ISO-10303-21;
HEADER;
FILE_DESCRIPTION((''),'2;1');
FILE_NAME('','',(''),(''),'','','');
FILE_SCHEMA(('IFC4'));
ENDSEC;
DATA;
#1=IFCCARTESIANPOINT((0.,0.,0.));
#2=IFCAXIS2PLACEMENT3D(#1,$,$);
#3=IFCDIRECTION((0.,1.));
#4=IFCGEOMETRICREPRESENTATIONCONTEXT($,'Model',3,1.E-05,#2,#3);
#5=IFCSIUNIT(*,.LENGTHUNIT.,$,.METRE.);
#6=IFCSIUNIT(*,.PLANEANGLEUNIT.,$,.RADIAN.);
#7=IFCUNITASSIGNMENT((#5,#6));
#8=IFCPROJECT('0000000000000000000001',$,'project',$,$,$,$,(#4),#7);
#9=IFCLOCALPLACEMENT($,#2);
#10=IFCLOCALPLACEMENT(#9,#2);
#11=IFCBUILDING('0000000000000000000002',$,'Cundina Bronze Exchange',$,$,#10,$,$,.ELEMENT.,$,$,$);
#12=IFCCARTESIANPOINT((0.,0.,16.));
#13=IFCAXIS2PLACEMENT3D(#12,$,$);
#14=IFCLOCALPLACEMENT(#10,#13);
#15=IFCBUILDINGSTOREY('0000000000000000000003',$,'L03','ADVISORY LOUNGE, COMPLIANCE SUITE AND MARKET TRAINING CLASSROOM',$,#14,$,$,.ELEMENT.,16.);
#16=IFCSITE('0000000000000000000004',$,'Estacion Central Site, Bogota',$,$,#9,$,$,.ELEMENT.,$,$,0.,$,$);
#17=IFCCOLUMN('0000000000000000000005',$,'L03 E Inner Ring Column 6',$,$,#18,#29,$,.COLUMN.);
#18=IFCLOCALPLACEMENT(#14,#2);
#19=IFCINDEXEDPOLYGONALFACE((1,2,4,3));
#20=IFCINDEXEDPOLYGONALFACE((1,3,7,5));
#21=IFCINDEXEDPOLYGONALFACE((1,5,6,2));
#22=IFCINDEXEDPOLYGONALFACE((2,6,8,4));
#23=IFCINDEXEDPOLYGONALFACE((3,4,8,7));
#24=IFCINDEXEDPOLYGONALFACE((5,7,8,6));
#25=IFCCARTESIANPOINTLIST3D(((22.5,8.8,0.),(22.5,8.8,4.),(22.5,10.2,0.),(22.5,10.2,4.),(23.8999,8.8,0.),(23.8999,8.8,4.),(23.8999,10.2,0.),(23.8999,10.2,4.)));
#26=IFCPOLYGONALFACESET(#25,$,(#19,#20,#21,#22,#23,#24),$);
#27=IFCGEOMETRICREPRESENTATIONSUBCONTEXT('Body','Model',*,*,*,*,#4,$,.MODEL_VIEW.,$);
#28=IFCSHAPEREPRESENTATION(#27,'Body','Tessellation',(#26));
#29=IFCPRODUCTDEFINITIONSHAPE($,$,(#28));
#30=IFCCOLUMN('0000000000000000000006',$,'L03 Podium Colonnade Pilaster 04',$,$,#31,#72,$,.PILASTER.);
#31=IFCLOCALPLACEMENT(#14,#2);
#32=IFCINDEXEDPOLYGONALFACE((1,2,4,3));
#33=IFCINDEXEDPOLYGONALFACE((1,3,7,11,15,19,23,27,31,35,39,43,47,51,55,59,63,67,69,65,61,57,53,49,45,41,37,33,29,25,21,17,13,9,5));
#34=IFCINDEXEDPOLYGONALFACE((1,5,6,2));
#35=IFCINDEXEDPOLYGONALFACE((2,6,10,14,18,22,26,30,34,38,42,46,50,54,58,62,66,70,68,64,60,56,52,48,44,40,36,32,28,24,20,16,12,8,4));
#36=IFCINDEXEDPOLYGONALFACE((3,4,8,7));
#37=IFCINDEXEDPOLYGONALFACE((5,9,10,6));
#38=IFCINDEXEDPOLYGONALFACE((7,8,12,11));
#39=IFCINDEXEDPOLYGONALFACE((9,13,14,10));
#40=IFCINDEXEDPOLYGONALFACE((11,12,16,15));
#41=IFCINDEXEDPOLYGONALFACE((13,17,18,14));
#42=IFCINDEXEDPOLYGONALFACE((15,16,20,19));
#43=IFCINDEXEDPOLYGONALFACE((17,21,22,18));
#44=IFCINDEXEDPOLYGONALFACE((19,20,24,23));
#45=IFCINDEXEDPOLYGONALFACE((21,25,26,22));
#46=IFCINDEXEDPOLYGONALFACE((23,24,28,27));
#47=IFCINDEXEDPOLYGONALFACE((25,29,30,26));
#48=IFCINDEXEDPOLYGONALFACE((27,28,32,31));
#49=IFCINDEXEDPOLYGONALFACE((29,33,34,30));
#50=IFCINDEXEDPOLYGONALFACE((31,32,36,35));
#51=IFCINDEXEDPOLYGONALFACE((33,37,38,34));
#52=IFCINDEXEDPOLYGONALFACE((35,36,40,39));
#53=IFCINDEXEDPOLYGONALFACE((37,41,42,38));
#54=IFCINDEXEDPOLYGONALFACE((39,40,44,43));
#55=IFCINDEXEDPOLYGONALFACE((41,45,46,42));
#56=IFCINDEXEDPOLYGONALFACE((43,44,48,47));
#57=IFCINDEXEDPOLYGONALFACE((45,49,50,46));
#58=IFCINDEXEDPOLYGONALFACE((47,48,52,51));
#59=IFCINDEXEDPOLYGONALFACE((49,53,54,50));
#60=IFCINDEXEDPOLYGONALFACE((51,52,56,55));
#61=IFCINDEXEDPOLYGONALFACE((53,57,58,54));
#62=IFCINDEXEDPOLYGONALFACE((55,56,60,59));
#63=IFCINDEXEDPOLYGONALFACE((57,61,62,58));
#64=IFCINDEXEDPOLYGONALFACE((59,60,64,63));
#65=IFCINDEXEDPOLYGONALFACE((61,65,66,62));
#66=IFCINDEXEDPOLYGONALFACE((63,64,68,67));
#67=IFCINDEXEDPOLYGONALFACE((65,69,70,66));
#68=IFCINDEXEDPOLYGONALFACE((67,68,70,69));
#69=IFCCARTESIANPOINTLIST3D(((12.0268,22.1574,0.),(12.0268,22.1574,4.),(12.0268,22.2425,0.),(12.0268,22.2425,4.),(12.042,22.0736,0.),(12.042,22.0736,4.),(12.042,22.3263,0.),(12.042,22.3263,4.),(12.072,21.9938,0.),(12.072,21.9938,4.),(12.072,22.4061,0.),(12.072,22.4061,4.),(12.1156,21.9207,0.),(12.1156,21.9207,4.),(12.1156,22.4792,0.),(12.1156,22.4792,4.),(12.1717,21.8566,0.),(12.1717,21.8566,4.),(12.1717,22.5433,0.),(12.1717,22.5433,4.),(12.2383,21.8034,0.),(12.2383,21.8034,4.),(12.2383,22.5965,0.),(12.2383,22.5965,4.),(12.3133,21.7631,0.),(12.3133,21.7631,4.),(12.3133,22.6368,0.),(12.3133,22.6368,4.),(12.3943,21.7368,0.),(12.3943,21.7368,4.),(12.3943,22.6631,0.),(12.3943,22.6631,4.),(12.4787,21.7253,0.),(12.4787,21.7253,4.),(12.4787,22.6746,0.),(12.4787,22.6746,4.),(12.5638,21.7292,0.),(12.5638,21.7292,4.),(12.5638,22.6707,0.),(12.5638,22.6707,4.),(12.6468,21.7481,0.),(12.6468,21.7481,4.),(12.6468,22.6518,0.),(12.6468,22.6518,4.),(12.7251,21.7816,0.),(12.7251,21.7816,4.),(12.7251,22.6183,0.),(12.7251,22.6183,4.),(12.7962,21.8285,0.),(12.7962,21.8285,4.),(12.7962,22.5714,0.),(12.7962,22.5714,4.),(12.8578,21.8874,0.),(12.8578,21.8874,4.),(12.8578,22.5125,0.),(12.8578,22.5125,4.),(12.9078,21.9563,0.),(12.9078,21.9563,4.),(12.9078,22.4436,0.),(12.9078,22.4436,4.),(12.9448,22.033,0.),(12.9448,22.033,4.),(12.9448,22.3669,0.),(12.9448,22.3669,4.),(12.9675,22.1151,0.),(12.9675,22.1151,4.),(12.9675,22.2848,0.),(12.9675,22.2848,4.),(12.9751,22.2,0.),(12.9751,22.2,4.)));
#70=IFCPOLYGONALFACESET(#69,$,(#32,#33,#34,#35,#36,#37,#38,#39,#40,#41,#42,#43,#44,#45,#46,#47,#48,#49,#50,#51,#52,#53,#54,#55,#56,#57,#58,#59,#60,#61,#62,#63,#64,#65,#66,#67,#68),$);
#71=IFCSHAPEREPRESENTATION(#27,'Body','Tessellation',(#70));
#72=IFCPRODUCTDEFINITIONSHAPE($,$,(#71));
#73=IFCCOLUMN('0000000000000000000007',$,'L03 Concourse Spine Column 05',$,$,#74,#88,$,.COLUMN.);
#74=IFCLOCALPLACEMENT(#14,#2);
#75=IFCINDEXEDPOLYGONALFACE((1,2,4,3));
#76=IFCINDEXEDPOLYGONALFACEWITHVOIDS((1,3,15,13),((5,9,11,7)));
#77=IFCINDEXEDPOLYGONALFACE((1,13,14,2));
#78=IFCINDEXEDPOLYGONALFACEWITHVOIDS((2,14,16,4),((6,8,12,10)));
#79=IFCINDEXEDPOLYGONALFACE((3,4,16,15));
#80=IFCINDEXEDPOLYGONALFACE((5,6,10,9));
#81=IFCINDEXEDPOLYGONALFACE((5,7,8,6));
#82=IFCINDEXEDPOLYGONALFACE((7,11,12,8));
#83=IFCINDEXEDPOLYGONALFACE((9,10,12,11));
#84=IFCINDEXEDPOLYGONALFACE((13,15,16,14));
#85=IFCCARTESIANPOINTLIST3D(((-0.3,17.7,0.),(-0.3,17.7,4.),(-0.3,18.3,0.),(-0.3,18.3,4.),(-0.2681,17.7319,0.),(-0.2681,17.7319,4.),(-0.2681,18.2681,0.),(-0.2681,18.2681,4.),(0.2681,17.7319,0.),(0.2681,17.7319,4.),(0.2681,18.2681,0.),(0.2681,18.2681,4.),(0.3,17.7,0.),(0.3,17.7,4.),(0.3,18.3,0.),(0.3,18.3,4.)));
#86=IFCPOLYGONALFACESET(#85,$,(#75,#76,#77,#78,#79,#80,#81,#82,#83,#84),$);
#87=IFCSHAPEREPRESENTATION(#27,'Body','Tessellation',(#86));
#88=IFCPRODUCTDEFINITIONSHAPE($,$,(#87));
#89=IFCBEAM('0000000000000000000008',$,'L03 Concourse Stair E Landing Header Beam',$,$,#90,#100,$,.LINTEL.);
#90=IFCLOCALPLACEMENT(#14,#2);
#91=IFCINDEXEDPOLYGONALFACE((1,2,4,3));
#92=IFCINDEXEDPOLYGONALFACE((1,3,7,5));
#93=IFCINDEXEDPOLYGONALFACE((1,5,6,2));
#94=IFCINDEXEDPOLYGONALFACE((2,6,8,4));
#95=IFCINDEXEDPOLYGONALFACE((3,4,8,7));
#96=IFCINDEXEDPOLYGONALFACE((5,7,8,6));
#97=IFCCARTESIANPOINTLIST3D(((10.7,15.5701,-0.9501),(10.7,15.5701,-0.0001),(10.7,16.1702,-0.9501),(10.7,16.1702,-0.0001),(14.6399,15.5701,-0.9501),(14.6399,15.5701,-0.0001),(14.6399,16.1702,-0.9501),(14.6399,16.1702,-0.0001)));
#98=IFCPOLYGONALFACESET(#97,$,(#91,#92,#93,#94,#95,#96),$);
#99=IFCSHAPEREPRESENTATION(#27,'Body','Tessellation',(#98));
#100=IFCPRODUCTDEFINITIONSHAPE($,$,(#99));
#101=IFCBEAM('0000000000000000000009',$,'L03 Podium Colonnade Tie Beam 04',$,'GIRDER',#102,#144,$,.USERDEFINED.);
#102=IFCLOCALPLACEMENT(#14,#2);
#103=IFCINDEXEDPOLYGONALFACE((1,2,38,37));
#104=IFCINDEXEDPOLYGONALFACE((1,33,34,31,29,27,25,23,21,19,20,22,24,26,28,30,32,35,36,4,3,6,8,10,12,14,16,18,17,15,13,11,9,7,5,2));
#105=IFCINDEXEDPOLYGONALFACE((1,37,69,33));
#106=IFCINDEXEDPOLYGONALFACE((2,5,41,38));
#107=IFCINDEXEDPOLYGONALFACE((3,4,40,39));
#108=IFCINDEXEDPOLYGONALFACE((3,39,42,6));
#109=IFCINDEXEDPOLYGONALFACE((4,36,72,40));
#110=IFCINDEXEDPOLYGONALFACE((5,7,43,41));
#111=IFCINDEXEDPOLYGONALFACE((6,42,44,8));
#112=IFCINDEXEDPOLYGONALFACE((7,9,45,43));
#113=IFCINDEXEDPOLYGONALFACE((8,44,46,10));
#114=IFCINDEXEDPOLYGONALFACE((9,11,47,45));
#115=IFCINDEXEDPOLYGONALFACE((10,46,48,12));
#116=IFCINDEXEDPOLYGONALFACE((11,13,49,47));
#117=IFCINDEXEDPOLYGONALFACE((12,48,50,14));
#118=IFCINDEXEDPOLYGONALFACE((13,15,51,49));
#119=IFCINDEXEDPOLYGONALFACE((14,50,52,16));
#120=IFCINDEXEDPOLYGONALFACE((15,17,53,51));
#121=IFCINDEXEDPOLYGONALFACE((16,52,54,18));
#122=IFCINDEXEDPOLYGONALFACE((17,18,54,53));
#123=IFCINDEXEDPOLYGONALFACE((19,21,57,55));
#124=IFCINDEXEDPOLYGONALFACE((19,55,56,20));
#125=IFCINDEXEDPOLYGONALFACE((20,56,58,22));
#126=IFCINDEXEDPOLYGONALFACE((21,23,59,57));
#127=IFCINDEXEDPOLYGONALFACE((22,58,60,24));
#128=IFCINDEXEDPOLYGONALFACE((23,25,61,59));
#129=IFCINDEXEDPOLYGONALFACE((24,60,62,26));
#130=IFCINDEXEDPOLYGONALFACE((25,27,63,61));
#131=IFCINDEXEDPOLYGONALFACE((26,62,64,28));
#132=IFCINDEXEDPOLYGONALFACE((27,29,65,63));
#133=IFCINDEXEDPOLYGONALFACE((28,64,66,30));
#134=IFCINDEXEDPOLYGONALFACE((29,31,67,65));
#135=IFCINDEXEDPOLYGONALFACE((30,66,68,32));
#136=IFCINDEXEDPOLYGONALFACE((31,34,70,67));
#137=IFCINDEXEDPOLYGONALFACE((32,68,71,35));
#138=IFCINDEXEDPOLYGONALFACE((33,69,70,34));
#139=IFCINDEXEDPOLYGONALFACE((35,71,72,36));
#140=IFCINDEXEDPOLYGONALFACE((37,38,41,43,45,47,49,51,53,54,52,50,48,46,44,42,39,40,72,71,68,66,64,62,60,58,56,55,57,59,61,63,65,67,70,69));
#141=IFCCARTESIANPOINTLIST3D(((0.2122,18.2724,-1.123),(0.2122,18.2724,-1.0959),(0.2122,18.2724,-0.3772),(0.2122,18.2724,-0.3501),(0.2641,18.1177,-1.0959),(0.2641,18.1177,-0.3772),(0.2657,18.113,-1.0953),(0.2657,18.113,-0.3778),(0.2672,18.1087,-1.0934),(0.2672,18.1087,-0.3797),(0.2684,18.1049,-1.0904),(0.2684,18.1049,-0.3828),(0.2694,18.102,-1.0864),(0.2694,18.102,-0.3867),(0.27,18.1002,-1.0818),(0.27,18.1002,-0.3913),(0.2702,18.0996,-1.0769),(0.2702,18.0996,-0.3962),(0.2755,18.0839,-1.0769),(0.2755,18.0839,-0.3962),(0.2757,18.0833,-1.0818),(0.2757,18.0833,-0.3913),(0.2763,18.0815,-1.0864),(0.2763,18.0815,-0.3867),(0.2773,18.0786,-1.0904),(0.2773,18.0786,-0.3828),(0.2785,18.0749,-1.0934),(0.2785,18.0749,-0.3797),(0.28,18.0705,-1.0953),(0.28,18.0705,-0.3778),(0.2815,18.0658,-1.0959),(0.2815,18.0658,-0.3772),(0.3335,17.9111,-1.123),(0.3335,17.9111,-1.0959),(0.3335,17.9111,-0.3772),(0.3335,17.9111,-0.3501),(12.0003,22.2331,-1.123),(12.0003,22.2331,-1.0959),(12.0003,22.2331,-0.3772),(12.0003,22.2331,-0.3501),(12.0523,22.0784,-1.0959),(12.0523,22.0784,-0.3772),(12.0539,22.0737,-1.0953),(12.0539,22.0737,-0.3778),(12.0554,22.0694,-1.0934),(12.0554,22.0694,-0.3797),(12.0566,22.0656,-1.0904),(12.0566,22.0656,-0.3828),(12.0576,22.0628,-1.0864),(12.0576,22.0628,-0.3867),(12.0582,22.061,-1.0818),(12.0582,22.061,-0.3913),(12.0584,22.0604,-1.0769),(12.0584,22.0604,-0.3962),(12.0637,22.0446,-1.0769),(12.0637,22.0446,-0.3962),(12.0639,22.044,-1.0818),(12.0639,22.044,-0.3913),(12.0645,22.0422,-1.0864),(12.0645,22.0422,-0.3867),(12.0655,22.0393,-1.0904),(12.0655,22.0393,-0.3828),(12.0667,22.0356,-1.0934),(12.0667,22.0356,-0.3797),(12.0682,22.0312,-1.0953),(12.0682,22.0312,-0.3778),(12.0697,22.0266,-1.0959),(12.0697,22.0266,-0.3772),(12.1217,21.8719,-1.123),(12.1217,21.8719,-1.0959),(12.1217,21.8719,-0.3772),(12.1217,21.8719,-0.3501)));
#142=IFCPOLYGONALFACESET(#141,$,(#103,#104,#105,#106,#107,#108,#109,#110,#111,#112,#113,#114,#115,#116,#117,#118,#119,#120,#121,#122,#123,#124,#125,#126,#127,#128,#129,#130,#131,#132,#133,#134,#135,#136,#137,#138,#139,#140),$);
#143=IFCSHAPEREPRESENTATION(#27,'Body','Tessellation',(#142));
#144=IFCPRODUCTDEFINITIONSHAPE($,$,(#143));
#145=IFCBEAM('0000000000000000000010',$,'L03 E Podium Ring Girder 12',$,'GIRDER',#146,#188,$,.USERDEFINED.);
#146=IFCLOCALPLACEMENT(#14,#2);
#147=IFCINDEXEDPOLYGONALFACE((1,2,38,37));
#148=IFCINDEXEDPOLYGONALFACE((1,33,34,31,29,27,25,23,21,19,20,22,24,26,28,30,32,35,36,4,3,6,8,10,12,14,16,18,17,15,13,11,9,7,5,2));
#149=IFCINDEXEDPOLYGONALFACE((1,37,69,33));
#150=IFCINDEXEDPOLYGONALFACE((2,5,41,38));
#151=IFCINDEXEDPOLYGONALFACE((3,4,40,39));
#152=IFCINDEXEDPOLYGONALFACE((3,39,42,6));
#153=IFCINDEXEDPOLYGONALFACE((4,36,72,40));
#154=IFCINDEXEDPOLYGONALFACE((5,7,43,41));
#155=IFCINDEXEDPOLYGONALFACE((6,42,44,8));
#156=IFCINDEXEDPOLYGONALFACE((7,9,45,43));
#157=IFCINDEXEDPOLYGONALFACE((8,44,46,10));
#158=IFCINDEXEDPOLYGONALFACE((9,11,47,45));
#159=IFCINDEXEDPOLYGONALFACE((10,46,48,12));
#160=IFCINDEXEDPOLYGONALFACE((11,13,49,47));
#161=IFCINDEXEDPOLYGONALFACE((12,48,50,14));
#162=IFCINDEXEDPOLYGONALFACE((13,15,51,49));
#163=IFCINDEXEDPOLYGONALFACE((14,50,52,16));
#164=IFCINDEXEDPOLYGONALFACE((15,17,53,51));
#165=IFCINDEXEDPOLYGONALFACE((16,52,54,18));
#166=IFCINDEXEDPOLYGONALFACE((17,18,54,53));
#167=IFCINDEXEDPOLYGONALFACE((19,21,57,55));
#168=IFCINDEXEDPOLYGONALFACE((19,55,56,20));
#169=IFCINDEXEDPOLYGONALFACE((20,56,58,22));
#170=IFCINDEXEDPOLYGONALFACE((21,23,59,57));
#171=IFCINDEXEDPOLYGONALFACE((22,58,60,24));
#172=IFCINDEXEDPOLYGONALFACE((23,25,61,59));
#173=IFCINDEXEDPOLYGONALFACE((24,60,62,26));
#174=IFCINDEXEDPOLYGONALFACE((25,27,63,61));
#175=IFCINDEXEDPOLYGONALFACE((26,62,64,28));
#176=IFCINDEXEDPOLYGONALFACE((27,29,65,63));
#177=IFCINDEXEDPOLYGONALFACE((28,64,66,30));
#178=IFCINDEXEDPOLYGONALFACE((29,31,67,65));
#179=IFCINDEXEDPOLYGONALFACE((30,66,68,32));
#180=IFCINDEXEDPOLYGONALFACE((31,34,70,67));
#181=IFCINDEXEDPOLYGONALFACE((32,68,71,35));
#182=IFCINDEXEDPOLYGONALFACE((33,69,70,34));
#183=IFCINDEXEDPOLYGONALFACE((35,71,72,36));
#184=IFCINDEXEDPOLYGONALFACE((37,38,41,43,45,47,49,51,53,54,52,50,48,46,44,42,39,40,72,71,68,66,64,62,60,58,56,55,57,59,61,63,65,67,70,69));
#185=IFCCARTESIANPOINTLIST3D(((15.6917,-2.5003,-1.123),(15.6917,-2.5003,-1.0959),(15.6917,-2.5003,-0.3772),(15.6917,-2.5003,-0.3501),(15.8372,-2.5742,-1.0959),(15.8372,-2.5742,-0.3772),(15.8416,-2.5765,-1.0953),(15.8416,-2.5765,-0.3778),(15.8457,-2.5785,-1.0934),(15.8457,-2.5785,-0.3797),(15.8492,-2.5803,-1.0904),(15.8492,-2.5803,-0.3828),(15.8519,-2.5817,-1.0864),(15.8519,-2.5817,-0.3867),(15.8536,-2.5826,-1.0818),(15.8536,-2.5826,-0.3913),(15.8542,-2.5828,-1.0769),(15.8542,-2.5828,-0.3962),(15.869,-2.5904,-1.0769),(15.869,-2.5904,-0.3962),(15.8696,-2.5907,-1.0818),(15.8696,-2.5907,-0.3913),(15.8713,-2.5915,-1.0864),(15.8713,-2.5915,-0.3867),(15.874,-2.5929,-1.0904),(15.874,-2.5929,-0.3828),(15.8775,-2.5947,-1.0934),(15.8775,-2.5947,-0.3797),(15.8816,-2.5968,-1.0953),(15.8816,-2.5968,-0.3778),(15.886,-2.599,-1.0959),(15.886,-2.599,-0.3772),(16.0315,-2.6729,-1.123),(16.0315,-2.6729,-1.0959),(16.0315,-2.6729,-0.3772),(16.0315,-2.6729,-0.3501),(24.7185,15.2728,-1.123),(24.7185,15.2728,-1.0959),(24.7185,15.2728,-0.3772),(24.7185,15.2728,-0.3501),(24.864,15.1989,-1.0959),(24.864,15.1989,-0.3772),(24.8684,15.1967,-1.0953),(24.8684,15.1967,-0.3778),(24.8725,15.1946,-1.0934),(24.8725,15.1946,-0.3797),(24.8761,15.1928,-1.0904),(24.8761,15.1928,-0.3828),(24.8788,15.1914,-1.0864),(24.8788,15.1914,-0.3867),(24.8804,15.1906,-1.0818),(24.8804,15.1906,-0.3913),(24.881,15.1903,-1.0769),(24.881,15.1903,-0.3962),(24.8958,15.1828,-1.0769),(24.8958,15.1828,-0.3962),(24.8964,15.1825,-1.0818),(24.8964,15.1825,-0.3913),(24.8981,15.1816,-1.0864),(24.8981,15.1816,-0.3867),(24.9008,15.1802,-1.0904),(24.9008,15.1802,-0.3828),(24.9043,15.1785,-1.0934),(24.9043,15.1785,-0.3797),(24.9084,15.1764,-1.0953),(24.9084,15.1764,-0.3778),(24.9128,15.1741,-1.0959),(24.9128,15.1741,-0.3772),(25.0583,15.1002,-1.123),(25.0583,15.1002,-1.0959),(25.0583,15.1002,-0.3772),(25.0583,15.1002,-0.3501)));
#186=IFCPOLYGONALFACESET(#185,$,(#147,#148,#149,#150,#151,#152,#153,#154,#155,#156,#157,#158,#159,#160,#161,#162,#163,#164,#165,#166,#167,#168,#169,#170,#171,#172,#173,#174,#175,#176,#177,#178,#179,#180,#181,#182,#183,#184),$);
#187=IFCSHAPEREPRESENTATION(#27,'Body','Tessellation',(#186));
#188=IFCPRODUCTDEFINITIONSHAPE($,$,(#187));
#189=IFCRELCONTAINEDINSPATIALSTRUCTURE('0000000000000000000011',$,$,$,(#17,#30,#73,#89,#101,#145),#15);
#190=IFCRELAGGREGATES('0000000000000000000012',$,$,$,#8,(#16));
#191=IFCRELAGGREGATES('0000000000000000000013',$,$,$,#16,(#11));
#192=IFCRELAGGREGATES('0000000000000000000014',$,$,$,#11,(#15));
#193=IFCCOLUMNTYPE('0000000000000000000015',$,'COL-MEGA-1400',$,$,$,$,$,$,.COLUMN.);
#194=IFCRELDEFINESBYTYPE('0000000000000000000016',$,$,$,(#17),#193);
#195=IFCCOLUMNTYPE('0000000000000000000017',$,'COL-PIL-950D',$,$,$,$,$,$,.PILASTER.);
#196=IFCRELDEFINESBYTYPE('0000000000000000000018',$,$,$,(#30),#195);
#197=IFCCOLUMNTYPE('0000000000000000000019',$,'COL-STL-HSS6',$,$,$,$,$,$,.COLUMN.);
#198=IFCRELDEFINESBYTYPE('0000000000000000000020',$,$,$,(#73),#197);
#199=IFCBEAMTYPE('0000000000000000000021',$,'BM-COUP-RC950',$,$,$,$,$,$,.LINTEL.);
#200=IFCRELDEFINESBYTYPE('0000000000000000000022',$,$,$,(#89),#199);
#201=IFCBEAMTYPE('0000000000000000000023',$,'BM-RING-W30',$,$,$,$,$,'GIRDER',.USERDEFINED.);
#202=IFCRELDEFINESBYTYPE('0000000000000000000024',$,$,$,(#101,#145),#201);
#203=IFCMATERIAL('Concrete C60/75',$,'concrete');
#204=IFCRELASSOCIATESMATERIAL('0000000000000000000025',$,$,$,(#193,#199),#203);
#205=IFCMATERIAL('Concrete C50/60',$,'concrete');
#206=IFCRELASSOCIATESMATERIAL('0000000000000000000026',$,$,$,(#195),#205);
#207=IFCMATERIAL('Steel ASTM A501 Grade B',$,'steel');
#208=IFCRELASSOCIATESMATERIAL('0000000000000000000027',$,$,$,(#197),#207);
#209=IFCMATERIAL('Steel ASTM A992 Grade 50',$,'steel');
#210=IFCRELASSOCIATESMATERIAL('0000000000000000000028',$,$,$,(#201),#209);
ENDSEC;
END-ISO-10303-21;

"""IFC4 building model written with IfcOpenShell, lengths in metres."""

from ifc_helpers import new_model, si_unit, direction, frame, origin, origin_2d, place, context, subcontext, project, spatial, rectangle, hollow_rectangle, circle, i_section, extrude, material, material_profile, profile_set, type_object, element, save


model = new_model("IFC4")

# Units and contexts
model_context = context("Model", 3, precision=1e-05, world=origin(), true_north=direction((0.0, 1.0)))
body_context = subcontext(model_context, "Body", "Model", "MODEL_VIEW")
ifc_project = project(units=[si_unit("LENGTHUNIT", "METRE"), si_unit("PLANEANGLEUNIT", "RADIAN")], contexts=[model_context])

# Site, building, storey
site_placement = place(None, origin())
site = spatial("IfcSite", under=ifc_project, at=site_placement, Name="Estacion Central Site, Bogota", CompositionType="ELEMENT", RefElevation=0.0)
building_placement = place(site_placement, origin())
building = spatial("IfcBuilding", under=site, at=building_placement, Name="Cundina Bronze Exchange", CompositionType="ELEMENT")
storey_placement = place(building_placement, frame((0.0, 0.0, 16.0)))
storey = spatial("IfcBuildingStorey", under=building, at=storey_placement, Name="L03", Description="ADVISORY LOUNGE, COMPLIANCE SUITE AND MARKET TRAINING CLASSROOM", CompositionType="ELEMENT", Elevation=16.0)

# Columns
ifc_material_1 = material(Name="Concrete C60/75", Category="concrete")
ifc_material_profile_1 = material_profile(ifc_material_1, rectangle(XDim=1.3999, YDim=1.3999, at=origin_2d()), Name="RC1400X1400", Category="concrete")
ifc_profile_set_1 = profile_set([ifc_material_profile_1], Name="Concrete C60/75")
column_type_1 = type_object("IfcColumnType", Name="COL-MEGA-1400", PredefinedType="COLUMN", material=ifc_profile_set_1)
column_1_placement = place(storey_placement, frame((23.2, 9.5, 0.0), z_axis=(0.0, 0.0, 1.0), x_axis=(1.0, 0.0, 0.0)))
element("IfcColumn", 1, at=column_1_placement, inside=storey, type_object=column_type_1, Name="L03 E Inner Ring Column 6", PredefinedType="COLUMN", context=body_context, shape_type="SweptSolid", body=[
    extrude(rectangle(XDim=1.3999, YDim=1.3999, at=origin_2d()), origin(), (0.0, 0.0, 1.0), 4.0),
])
ifc_material_2 = material(Name="Concrete C50/60", Category="concrete")
ifc_material_profile_2 = material_profile(ifc_material_2, circle(Radius=0.4751, at=origin_2d()), Name="RC950D", Category="concrete")
ifc_profile_set_2 = profile_set([ifc_material_profile_2], Name="Concrete C50/60")
column_type_2 = type_object("IfcColumnType", Name="COL-PIL-950D", PredefinedType="PILASTER", material=ifc_profile_set_2)
column_2_placement = place(storey_placement, frame((12.5, 22.2, 0.0), z_axis=(0.0, 0.0, 1.0), x_axis=(1.0, 0.0, 0.0)))
element("IfcColumn", 2, at=column_2_placement, inside=storey, type_object=column_type_2, Name="L03 Podium Colonnade Pilaster 04", PredefinedType="PILASTER", context=body_context, shape_type="SweptSolid", body=[
    extrude(circle(Radius=0.4751, at=origin_2d()), origin(), (0.0, 0.0, 1.0), 4.0),
])
ifc_material_3 = material(Name="Steel ASTM A501 Grade B", Category="steel")
ifc_material_profile_3 = material_profile(ifc_material_3, hollow_rectangle(XDim=0.6001, YDim=0.6001, WallThickness=0.032, at=origin_2d()), Name="HSS600X600X32", Category="steel")
ifc_profile_set_3 = profile_set([ifc_material_profile_3], Name="Steel ASTM A501 Grade B")
column_type_3 = type_object("IfcColumnType", Name="COL-STL-HSS6", PredefinedType="COLUMN", material=ifc_profile_set_3)
column_3_placement = place(storey_placement, frame((0.0, 18.0, 0.0), z_axis=(0.0, 0.0, 1.0), x_axis=(1.0, 0.0, 0.0)))
element("IfcColumn", 3, at=column_3_placement, inside=storey, type_object=column_type_3, Name="L03 Concourse Spine Column 05", PredefinedType="COLUMN", context=body_context, shape_type="SweptSolid", body=[
    extrude(hollow_rectangle(XDim=0.6001, YDim=0.6001, WallThickness=0.032, at=origin_2d()), origin(), (0.0, 0.0, 1.0), 4.0),
])

# Beams
ifc_material_profile_4 = material_profile(ifc_material_1, rectangle(XDim=0.6001, YDim=0.95, at=origin_2d()), Name="RC600X950", Category="concrete")
ifc_profile_set_4 = profile_set([ifc_material_profile_4], Name="Concrete C60/75")
beam_type_1 = type_object("IfcBeamType", Name="BM-COUP-RC950", PredefinedType="LINTEL", material=ifc_profile_set_4)
beam_1_placement = place(storey_placement, frame((10.7, 15.8701, -0.4751), z_axis=(1.0, 0.0, 0.0), x_axis=(0.0, 1.0, 0.0)))
element("IfcBeam", 4, at=beam_1_placement, inside=storey, type_object=beam_type_1, Name="L03 Concourse Stair E Landing Header Beam", PredefinedType="LINTEL", context=body_context, shape_type="SweptSolid", body=[
    extrude(rectangle(XDim=0.6001, YDim=0.95, at=origin_2d()), origin(), (0.0, 0.0, 1.0), 3.9399),
])
ifc_material_4 = material(Name="Steel ASTM A992 Grade 50", Category="steel")
ifc_material_profile_5 = material_profile(ifc_material_4, i_section(OverallWidth=0.3811, OverallDepth=0.7729, WebThickness=0.0166, FlangeThickness=0.0271, FilletRadius=0.019, at=origin_2d()), Name="W30X173", Category="steel")
ifc_profile_set_5 = profile_set([ifc_material_profile_5], Name="Steel ASTM A992 Grade 50")
beam_type_2 = type_object("IfcBeamType", Name="BM-RING-W30", ElementType="GIRDER", PredefinedType="USERDEFINED", material=ifc_profile_set_5)
beam_2_placement = place(storey_placement, frame((12.061, 22.0525, -0.7366), z_axis=(-0.947925, -0.318494, 0.0), x_axis=(0.318494, -0.947925, 0.0)))
element("IfcBeam", 5, at=beam_2_placement, inside=storey, type_object=beam_type_2, Name="L03 Podium Colonnade Tie Beam 04", ObjectType="GIRDER", PredefinedType="USERDEFINED", context=body_context, shape_type="SweptSolid", body=[
    extrude(i_section(OverallWidth=0.3811, OverallDepth=0.7729, WebThickness=0.0166, FlangeThickness=0.0271, FilletRadius=0.019, at=origin_2d()), origin(), (0.0, 0.0, 1.0), 12.4358),
])
beam_3_placement = place(storey_placement, frame((24.8884, 15.1865, -0.7366), z_axis=(-0.452834, -0.891595, 0.0), x_axis=(0.891595, -0.452834, 0.0)))
element("IfcBeam", 6, at=beam_3_placement, inside=storey, type_object=beam_type_2, Name="L03 E Podium Ring Girder 12", ObjectType="GIRDER", PredefinedType="USERDEFINED", context=body_context, shape_type="SweptSolid", body=[
    extrude(i_section(OverallWidth=0.3811, OverallDepth=0.7729, WebThickness=0.0166, FlangeThickness=0.0271, FilletRadius=0.019, at=origin_2d()), origin(), (0.0, 0.0, 1.0), 19.9341),
])

save(model, "model.ifc")
